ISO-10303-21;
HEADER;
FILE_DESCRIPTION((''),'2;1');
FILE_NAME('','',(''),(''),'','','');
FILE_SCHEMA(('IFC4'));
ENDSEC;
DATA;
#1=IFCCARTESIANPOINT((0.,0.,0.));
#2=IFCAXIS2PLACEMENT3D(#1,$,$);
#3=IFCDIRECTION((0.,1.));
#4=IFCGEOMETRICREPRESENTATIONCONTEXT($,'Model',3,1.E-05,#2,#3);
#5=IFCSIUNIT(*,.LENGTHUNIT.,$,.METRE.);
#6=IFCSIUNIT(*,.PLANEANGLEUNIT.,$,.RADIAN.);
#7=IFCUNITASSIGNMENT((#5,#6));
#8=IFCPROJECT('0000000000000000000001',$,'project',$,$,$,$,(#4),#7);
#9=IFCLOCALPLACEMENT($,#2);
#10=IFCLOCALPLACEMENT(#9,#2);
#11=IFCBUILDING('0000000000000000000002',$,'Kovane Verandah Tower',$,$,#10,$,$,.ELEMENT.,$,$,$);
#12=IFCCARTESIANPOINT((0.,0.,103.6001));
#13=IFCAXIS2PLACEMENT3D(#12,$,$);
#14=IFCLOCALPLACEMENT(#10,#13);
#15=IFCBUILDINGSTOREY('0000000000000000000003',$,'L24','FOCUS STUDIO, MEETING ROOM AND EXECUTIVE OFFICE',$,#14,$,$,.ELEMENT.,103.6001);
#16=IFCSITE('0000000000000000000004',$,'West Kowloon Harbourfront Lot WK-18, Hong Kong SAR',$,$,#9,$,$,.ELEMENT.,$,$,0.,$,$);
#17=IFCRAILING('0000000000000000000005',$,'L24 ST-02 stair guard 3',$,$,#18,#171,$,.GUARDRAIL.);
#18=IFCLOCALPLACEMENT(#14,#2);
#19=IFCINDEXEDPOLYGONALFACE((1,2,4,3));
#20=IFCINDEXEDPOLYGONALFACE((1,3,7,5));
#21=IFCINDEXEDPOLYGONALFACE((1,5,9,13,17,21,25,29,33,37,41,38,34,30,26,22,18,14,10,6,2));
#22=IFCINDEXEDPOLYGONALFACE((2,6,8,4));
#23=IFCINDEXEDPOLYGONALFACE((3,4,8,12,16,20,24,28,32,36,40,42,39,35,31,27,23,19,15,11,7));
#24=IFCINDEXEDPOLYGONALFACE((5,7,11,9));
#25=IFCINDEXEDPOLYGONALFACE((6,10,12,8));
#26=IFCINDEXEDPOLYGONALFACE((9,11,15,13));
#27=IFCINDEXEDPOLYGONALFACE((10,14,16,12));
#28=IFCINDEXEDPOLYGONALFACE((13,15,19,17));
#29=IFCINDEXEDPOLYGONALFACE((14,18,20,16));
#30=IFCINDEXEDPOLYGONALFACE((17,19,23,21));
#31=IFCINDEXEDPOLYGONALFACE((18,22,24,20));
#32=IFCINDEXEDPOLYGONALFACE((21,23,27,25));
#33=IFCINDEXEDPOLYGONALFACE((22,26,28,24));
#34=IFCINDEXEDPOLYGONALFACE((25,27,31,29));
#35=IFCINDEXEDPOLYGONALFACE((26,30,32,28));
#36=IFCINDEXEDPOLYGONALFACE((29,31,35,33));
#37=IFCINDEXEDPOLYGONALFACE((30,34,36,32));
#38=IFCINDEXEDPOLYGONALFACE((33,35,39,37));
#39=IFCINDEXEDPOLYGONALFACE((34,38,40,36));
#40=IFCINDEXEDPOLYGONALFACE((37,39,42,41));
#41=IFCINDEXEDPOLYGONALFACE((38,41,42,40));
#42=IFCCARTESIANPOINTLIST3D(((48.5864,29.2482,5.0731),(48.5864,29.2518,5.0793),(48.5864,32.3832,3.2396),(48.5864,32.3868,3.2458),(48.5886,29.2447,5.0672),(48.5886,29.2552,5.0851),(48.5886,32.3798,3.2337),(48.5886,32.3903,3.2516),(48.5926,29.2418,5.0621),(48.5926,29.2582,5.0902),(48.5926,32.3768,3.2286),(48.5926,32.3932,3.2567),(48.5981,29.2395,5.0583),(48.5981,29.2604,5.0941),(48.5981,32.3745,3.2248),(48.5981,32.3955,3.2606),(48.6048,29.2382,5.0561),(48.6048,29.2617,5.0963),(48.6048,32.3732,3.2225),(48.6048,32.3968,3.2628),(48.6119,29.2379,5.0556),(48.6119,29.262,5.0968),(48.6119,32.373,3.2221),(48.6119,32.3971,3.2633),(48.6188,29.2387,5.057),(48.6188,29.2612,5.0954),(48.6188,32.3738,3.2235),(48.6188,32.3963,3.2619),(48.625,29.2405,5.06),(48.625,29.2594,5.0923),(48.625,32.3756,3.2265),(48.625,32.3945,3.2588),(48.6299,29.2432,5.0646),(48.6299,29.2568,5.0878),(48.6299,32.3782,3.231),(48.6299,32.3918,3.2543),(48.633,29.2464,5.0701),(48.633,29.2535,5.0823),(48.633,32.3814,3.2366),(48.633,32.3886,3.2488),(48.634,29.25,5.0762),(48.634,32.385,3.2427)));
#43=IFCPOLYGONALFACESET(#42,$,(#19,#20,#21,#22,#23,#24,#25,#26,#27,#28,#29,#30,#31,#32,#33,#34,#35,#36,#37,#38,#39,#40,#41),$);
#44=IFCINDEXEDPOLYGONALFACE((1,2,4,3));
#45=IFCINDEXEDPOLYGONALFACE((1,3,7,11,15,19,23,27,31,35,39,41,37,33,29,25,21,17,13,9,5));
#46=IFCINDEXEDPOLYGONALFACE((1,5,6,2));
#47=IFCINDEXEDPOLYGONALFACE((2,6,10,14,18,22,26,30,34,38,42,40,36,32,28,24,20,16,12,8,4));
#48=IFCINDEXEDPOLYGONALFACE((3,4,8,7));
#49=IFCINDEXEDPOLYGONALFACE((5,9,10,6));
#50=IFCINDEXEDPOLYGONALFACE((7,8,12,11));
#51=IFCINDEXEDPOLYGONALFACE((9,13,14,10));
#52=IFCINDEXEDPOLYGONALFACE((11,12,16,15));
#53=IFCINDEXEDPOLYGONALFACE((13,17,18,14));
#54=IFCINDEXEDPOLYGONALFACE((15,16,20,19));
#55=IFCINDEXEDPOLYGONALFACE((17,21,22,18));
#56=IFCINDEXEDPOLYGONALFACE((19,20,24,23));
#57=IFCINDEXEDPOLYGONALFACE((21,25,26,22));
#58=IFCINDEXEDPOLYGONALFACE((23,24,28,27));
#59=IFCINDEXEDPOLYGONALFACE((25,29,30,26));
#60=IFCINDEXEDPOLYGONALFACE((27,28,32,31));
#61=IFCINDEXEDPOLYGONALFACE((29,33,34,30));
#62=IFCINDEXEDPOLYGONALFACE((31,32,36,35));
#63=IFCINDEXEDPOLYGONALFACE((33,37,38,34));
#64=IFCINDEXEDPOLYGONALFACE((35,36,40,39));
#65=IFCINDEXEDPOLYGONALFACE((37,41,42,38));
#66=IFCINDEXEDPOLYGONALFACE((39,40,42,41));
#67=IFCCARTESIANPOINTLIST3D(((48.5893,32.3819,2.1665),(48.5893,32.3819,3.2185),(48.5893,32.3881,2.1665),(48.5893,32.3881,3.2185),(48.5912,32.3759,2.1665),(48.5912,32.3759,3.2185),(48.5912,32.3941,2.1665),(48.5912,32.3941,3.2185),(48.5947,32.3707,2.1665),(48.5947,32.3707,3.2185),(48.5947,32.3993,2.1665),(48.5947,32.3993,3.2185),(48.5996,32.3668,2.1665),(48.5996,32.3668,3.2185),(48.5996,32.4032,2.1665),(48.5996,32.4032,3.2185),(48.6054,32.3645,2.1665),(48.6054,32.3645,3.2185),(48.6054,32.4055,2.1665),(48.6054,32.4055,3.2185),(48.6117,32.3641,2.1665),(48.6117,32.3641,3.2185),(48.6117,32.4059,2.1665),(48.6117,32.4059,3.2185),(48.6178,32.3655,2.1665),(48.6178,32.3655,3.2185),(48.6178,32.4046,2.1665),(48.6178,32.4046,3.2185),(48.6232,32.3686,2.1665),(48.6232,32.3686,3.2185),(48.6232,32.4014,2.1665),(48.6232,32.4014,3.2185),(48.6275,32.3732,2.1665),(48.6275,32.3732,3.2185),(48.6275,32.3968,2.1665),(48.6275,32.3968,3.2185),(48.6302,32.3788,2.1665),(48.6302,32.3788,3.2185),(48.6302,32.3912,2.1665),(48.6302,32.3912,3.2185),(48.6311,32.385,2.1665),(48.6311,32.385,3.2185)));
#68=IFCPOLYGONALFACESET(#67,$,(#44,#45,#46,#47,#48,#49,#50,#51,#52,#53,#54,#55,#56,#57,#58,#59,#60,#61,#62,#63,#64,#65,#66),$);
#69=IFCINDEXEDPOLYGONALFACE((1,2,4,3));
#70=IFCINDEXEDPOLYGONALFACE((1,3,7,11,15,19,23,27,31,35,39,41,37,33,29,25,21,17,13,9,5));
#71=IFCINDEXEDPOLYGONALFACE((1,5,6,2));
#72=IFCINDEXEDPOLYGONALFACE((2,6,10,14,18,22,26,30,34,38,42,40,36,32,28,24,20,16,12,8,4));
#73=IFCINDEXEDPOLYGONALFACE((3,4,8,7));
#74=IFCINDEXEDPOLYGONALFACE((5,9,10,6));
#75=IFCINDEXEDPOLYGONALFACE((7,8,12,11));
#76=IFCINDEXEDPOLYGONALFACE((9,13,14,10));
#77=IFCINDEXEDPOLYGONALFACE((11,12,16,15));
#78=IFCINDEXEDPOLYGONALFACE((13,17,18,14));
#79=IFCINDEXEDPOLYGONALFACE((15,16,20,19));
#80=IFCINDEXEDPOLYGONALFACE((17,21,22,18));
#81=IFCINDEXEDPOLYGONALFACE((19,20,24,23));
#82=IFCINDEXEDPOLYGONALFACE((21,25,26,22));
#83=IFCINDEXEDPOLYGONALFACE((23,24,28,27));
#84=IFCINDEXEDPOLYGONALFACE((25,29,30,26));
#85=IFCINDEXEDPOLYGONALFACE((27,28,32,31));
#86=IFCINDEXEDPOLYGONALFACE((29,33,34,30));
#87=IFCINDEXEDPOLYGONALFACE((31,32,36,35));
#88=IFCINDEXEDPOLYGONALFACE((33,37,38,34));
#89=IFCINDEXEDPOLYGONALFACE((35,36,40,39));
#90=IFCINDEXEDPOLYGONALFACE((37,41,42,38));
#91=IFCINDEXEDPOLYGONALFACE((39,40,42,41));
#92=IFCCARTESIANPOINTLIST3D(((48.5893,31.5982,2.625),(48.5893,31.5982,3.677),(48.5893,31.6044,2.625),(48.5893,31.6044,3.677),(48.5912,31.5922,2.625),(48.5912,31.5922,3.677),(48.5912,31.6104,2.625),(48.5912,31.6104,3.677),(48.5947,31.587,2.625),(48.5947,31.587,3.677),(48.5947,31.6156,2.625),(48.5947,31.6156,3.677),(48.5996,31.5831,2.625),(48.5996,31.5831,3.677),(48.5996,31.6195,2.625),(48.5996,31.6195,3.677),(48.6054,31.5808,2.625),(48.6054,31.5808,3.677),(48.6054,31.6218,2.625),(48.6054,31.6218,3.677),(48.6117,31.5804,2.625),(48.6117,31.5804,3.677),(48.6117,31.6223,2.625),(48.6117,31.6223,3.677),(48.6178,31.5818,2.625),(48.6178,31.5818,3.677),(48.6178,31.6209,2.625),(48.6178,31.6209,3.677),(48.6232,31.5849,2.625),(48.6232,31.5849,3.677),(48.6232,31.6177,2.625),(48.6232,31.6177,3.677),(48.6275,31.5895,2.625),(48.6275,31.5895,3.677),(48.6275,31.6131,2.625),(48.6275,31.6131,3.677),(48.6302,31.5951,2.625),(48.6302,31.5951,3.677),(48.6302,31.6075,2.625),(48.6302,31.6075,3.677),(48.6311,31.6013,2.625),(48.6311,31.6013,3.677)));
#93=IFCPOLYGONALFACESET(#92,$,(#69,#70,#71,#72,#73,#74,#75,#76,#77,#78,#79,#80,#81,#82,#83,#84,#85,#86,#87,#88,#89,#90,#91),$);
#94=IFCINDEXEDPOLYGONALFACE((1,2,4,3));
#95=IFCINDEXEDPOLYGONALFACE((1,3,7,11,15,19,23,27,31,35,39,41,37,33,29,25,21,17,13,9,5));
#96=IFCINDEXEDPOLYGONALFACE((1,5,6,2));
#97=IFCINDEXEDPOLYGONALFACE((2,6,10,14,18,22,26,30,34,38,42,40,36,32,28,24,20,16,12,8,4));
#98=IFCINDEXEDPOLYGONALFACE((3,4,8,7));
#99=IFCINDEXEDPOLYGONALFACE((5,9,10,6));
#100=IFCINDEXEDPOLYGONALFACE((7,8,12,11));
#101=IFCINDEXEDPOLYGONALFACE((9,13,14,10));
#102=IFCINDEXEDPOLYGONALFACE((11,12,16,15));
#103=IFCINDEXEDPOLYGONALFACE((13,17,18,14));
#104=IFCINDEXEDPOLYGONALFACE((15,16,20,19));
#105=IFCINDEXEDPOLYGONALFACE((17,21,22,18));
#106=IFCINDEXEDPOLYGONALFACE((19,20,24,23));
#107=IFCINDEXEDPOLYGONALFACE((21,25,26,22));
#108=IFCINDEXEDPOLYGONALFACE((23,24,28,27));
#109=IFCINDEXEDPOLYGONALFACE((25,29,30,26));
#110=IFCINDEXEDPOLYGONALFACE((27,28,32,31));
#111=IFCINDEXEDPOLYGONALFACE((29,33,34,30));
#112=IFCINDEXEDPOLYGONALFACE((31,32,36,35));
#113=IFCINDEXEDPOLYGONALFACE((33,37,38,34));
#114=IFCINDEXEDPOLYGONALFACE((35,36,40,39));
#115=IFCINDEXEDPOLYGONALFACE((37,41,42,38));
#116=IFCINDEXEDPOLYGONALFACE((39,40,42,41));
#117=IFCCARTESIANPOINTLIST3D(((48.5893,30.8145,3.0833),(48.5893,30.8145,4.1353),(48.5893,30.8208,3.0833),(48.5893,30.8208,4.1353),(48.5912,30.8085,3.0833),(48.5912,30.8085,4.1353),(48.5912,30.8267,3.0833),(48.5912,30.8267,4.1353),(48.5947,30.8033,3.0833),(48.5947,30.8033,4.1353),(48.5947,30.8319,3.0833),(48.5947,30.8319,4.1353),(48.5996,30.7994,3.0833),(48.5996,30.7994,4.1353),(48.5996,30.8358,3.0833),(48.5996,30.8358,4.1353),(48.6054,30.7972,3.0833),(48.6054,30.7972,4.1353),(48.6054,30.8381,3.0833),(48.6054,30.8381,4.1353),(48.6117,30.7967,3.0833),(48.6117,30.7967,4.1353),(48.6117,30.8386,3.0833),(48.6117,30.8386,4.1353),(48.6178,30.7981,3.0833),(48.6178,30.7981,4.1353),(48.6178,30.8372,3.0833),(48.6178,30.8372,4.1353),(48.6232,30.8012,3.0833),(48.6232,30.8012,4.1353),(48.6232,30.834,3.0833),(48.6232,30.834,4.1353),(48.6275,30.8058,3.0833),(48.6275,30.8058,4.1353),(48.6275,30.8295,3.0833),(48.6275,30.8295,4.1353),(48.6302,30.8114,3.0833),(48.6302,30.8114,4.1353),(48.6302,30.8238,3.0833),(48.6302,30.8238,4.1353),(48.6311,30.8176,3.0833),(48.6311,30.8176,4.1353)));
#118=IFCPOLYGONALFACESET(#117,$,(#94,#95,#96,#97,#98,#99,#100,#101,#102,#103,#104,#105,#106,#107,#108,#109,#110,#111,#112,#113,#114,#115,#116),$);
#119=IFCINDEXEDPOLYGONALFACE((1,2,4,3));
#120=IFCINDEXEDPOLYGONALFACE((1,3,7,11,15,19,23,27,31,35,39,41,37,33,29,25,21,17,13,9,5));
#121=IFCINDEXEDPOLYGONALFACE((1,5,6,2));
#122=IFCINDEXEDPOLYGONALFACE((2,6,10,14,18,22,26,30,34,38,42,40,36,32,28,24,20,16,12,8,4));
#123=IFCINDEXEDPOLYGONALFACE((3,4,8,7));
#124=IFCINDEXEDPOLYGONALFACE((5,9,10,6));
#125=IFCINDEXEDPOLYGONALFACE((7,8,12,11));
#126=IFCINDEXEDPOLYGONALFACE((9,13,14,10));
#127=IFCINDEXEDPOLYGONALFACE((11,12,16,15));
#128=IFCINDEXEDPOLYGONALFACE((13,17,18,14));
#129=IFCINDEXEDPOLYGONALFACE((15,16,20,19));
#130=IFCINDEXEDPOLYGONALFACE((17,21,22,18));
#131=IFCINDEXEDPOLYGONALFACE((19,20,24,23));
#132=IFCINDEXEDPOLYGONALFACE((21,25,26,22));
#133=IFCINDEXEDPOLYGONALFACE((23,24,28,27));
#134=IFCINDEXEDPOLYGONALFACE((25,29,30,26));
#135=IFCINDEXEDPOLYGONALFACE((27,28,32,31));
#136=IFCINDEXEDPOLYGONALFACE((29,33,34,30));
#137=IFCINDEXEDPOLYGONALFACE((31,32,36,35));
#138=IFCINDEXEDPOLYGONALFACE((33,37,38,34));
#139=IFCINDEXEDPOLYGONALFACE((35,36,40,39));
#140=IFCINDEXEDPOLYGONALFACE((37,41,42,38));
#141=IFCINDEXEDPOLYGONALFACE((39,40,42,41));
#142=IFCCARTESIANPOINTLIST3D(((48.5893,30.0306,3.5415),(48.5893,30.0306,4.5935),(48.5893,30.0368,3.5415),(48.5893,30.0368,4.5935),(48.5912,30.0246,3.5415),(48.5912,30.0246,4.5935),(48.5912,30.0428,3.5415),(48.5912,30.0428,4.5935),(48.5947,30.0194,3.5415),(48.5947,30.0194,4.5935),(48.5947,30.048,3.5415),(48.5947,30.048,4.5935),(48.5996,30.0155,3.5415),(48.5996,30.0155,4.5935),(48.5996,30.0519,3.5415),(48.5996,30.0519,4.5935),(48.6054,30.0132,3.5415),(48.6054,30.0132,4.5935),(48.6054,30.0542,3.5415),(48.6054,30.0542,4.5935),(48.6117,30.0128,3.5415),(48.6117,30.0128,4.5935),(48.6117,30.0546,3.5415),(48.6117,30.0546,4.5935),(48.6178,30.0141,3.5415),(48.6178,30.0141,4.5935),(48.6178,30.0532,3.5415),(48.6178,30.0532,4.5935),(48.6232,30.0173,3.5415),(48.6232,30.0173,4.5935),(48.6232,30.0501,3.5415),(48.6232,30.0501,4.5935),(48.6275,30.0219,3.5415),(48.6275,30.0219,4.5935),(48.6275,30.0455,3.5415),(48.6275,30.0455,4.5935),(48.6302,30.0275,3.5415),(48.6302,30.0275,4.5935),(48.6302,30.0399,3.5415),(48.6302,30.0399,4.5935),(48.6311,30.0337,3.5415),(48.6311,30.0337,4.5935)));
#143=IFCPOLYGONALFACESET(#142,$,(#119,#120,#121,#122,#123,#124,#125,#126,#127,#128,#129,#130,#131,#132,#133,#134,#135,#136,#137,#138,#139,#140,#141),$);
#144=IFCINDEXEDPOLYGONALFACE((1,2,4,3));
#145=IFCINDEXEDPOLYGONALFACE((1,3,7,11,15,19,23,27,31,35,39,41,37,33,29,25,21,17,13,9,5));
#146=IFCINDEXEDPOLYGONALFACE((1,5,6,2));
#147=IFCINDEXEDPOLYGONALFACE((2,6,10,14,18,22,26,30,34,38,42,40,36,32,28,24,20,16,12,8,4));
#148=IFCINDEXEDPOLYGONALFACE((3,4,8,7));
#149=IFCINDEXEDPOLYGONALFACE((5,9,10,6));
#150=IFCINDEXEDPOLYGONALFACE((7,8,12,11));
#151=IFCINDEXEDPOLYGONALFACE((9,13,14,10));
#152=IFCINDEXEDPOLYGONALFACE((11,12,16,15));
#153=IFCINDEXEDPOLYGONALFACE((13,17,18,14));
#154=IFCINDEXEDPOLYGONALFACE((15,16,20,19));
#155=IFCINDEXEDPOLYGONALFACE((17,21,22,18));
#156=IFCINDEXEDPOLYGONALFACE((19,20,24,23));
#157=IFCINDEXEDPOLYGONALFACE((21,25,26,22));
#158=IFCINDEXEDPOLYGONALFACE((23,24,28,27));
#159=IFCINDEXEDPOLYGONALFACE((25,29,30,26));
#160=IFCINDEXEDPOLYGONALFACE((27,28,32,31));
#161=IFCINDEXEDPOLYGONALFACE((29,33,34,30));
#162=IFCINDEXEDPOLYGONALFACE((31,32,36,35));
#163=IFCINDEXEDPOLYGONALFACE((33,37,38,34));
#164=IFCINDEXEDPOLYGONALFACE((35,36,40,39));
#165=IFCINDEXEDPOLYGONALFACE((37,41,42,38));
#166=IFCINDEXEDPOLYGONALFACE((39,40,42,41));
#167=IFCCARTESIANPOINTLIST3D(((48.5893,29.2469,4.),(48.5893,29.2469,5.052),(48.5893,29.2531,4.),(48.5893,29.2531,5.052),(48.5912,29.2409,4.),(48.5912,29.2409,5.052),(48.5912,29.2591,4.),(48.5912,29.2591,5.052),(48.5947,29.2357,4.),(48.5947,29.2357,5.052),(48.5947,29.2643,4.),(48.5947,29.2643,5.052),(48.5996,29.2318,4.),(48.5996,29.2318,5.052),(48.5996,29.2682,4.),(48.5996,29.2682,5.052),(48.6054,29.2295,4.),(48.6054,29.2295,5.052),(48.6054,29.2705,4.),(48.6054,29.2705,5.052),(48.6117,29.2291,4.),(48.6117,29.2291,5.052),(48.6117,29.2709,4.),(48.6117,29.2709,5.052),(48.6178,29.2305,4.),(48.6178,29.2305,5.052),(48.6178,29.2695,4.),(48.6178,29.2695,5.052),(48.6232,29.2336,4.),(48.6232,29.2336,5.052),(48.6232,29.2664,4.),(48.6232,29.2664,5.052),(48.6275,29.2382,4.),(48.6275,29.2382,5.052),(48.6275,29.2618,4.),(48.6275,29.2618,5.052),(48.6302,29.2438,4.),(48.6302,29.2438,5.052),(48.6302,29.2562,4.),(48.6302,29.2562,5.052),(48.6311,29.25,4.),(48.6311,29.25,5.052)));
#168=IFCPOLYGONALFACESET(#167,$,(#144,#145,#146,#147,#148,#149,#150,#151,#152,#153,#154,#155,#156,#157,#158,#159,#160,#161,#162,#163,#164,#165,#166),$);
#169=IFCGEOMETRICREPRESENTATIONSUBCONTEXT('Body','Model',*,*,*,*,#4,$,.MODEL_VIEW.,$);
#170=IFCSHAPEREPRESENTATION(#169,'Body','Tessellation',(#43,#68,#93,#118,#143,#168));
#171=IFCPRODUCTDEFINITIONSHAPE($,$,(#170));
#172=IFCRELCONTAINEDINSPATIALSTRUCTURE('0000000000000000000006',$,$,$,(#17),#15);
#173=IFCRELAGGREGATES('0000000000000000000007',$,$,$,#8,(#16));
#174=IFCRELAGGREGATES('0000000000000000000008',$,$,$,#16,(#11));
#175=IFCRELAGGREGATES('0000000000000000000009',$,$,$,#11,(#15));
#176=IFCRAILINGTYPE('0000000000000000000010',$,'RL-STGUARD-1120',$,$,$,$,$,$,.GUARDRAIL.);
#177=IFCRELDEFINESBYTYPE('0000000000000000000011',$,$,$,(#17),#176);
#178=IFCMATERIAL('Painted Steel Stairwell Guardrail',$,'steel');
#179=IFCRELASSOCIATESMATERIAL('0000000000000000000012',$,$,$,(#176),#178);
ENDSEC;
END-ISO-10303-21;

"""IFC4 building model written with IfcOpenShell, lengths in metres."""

from ifc_helpers import new_model, si_unit, direction, frame, origin, origin_2d, place, context, subcontext, project, spatial, circle, extrude, material, type_object, element, save


model = new_model("IFC4")

# Units and contexts
model_context = context("Model", 3, precision=1e-05, world=origin(), true_north=direction((0.0, 1.0)))
body_context = subcontext(model_context, "Body", "Model", "MODEL_VIEW")
ifc_project = project(units=[si_unit("LENGTHUNIT", "METRE"), si_unit("PLANEANGLEUNIT", "RADIAN")], contexts=[model_context])

# Site, building, storey
site_placement = place(None, origin())
site = spatial("IfcSite", under=ifc_project, at=site_placement, Name="West Kowloon Harbourfront Lot WK-18, Hong Kong SAR", CompositionType="ELEMENT", RefElevation=0.0)
building_placement = place(site_placement, origin())
building = spatial("IfcBuilding", under=site, at=building_placement, Name="Kovane Verandah Tower", CompositionType="ELEMENT")
storey_placement = place(building_placement, frame((0.0, 0.0, 103.6001)))
storey = spatial("IfcBuildingStorey", under=building, at=storey_placement, Name="L24", Description="FOCUS STUDIO, MEETING ROOM AND EXECUTIVE OFFICE", CompositionType="ELEMENT", Elevation=103.6001)

# Railing
ifc_material_1 = material(Name="Painted Steel Stairwell Guardrail", Category="steel")
railing_type_1 = type_object("IfcRailingType", Name="RL-STGUARD-1120", PredefinedType="GUARDRAIL", material=ifc_material_1)
railing_1_placement = place(storey_placement, frame((48.6101, 32.385, 2.1665)))
element("IfcRailing", 1, at=railing_1_placement, inside=storey, type_object=railing_type_1, Name="L24 ST-02 stair guard 3", PredefinedType="GUARDRAIL", context=body_context, shape_type="SweptSolid", body=[
    extrude(circle(Radius=0.0239, at=origin_2d()), frame((0.0, 0.0, 1.0762), z_axis=(0.0, -0.86321, 0.504845), x_axis=(1.0, 0.0, 0.0)), (0.0, 0.0, 1.0), 3.6318),
    extrude(circle(Radius=0.021, at=origin_2d()), origin(), (0.0, 0.0, 1.0), 1.052),
    extrude(circle(Radius=0.021, at=origin_2d()), frame((0.0, -0.7837, 0.4585)), (0.0, 0.0, 1.0), 1.052),
    extrude(circle(Radius=0.021, at=origin_2d()), frame((0.0, -1.5674, 0.9167)), (0.0, 0.0, 1.0), 1.052),
    extrude(circle(Radius=0.021, at=origin_2d()), frame((0.0, -2.3513, 1.375)), (0.0, 0.0, 1.0), 1.052),
    extrude(circle(Radius=0.021, at=origin_2d()), frame((0.0, -3.135, 1.8335)), (0.0, 0.0, 1.0), 1.052),
])

save(model, "model.ifc")
